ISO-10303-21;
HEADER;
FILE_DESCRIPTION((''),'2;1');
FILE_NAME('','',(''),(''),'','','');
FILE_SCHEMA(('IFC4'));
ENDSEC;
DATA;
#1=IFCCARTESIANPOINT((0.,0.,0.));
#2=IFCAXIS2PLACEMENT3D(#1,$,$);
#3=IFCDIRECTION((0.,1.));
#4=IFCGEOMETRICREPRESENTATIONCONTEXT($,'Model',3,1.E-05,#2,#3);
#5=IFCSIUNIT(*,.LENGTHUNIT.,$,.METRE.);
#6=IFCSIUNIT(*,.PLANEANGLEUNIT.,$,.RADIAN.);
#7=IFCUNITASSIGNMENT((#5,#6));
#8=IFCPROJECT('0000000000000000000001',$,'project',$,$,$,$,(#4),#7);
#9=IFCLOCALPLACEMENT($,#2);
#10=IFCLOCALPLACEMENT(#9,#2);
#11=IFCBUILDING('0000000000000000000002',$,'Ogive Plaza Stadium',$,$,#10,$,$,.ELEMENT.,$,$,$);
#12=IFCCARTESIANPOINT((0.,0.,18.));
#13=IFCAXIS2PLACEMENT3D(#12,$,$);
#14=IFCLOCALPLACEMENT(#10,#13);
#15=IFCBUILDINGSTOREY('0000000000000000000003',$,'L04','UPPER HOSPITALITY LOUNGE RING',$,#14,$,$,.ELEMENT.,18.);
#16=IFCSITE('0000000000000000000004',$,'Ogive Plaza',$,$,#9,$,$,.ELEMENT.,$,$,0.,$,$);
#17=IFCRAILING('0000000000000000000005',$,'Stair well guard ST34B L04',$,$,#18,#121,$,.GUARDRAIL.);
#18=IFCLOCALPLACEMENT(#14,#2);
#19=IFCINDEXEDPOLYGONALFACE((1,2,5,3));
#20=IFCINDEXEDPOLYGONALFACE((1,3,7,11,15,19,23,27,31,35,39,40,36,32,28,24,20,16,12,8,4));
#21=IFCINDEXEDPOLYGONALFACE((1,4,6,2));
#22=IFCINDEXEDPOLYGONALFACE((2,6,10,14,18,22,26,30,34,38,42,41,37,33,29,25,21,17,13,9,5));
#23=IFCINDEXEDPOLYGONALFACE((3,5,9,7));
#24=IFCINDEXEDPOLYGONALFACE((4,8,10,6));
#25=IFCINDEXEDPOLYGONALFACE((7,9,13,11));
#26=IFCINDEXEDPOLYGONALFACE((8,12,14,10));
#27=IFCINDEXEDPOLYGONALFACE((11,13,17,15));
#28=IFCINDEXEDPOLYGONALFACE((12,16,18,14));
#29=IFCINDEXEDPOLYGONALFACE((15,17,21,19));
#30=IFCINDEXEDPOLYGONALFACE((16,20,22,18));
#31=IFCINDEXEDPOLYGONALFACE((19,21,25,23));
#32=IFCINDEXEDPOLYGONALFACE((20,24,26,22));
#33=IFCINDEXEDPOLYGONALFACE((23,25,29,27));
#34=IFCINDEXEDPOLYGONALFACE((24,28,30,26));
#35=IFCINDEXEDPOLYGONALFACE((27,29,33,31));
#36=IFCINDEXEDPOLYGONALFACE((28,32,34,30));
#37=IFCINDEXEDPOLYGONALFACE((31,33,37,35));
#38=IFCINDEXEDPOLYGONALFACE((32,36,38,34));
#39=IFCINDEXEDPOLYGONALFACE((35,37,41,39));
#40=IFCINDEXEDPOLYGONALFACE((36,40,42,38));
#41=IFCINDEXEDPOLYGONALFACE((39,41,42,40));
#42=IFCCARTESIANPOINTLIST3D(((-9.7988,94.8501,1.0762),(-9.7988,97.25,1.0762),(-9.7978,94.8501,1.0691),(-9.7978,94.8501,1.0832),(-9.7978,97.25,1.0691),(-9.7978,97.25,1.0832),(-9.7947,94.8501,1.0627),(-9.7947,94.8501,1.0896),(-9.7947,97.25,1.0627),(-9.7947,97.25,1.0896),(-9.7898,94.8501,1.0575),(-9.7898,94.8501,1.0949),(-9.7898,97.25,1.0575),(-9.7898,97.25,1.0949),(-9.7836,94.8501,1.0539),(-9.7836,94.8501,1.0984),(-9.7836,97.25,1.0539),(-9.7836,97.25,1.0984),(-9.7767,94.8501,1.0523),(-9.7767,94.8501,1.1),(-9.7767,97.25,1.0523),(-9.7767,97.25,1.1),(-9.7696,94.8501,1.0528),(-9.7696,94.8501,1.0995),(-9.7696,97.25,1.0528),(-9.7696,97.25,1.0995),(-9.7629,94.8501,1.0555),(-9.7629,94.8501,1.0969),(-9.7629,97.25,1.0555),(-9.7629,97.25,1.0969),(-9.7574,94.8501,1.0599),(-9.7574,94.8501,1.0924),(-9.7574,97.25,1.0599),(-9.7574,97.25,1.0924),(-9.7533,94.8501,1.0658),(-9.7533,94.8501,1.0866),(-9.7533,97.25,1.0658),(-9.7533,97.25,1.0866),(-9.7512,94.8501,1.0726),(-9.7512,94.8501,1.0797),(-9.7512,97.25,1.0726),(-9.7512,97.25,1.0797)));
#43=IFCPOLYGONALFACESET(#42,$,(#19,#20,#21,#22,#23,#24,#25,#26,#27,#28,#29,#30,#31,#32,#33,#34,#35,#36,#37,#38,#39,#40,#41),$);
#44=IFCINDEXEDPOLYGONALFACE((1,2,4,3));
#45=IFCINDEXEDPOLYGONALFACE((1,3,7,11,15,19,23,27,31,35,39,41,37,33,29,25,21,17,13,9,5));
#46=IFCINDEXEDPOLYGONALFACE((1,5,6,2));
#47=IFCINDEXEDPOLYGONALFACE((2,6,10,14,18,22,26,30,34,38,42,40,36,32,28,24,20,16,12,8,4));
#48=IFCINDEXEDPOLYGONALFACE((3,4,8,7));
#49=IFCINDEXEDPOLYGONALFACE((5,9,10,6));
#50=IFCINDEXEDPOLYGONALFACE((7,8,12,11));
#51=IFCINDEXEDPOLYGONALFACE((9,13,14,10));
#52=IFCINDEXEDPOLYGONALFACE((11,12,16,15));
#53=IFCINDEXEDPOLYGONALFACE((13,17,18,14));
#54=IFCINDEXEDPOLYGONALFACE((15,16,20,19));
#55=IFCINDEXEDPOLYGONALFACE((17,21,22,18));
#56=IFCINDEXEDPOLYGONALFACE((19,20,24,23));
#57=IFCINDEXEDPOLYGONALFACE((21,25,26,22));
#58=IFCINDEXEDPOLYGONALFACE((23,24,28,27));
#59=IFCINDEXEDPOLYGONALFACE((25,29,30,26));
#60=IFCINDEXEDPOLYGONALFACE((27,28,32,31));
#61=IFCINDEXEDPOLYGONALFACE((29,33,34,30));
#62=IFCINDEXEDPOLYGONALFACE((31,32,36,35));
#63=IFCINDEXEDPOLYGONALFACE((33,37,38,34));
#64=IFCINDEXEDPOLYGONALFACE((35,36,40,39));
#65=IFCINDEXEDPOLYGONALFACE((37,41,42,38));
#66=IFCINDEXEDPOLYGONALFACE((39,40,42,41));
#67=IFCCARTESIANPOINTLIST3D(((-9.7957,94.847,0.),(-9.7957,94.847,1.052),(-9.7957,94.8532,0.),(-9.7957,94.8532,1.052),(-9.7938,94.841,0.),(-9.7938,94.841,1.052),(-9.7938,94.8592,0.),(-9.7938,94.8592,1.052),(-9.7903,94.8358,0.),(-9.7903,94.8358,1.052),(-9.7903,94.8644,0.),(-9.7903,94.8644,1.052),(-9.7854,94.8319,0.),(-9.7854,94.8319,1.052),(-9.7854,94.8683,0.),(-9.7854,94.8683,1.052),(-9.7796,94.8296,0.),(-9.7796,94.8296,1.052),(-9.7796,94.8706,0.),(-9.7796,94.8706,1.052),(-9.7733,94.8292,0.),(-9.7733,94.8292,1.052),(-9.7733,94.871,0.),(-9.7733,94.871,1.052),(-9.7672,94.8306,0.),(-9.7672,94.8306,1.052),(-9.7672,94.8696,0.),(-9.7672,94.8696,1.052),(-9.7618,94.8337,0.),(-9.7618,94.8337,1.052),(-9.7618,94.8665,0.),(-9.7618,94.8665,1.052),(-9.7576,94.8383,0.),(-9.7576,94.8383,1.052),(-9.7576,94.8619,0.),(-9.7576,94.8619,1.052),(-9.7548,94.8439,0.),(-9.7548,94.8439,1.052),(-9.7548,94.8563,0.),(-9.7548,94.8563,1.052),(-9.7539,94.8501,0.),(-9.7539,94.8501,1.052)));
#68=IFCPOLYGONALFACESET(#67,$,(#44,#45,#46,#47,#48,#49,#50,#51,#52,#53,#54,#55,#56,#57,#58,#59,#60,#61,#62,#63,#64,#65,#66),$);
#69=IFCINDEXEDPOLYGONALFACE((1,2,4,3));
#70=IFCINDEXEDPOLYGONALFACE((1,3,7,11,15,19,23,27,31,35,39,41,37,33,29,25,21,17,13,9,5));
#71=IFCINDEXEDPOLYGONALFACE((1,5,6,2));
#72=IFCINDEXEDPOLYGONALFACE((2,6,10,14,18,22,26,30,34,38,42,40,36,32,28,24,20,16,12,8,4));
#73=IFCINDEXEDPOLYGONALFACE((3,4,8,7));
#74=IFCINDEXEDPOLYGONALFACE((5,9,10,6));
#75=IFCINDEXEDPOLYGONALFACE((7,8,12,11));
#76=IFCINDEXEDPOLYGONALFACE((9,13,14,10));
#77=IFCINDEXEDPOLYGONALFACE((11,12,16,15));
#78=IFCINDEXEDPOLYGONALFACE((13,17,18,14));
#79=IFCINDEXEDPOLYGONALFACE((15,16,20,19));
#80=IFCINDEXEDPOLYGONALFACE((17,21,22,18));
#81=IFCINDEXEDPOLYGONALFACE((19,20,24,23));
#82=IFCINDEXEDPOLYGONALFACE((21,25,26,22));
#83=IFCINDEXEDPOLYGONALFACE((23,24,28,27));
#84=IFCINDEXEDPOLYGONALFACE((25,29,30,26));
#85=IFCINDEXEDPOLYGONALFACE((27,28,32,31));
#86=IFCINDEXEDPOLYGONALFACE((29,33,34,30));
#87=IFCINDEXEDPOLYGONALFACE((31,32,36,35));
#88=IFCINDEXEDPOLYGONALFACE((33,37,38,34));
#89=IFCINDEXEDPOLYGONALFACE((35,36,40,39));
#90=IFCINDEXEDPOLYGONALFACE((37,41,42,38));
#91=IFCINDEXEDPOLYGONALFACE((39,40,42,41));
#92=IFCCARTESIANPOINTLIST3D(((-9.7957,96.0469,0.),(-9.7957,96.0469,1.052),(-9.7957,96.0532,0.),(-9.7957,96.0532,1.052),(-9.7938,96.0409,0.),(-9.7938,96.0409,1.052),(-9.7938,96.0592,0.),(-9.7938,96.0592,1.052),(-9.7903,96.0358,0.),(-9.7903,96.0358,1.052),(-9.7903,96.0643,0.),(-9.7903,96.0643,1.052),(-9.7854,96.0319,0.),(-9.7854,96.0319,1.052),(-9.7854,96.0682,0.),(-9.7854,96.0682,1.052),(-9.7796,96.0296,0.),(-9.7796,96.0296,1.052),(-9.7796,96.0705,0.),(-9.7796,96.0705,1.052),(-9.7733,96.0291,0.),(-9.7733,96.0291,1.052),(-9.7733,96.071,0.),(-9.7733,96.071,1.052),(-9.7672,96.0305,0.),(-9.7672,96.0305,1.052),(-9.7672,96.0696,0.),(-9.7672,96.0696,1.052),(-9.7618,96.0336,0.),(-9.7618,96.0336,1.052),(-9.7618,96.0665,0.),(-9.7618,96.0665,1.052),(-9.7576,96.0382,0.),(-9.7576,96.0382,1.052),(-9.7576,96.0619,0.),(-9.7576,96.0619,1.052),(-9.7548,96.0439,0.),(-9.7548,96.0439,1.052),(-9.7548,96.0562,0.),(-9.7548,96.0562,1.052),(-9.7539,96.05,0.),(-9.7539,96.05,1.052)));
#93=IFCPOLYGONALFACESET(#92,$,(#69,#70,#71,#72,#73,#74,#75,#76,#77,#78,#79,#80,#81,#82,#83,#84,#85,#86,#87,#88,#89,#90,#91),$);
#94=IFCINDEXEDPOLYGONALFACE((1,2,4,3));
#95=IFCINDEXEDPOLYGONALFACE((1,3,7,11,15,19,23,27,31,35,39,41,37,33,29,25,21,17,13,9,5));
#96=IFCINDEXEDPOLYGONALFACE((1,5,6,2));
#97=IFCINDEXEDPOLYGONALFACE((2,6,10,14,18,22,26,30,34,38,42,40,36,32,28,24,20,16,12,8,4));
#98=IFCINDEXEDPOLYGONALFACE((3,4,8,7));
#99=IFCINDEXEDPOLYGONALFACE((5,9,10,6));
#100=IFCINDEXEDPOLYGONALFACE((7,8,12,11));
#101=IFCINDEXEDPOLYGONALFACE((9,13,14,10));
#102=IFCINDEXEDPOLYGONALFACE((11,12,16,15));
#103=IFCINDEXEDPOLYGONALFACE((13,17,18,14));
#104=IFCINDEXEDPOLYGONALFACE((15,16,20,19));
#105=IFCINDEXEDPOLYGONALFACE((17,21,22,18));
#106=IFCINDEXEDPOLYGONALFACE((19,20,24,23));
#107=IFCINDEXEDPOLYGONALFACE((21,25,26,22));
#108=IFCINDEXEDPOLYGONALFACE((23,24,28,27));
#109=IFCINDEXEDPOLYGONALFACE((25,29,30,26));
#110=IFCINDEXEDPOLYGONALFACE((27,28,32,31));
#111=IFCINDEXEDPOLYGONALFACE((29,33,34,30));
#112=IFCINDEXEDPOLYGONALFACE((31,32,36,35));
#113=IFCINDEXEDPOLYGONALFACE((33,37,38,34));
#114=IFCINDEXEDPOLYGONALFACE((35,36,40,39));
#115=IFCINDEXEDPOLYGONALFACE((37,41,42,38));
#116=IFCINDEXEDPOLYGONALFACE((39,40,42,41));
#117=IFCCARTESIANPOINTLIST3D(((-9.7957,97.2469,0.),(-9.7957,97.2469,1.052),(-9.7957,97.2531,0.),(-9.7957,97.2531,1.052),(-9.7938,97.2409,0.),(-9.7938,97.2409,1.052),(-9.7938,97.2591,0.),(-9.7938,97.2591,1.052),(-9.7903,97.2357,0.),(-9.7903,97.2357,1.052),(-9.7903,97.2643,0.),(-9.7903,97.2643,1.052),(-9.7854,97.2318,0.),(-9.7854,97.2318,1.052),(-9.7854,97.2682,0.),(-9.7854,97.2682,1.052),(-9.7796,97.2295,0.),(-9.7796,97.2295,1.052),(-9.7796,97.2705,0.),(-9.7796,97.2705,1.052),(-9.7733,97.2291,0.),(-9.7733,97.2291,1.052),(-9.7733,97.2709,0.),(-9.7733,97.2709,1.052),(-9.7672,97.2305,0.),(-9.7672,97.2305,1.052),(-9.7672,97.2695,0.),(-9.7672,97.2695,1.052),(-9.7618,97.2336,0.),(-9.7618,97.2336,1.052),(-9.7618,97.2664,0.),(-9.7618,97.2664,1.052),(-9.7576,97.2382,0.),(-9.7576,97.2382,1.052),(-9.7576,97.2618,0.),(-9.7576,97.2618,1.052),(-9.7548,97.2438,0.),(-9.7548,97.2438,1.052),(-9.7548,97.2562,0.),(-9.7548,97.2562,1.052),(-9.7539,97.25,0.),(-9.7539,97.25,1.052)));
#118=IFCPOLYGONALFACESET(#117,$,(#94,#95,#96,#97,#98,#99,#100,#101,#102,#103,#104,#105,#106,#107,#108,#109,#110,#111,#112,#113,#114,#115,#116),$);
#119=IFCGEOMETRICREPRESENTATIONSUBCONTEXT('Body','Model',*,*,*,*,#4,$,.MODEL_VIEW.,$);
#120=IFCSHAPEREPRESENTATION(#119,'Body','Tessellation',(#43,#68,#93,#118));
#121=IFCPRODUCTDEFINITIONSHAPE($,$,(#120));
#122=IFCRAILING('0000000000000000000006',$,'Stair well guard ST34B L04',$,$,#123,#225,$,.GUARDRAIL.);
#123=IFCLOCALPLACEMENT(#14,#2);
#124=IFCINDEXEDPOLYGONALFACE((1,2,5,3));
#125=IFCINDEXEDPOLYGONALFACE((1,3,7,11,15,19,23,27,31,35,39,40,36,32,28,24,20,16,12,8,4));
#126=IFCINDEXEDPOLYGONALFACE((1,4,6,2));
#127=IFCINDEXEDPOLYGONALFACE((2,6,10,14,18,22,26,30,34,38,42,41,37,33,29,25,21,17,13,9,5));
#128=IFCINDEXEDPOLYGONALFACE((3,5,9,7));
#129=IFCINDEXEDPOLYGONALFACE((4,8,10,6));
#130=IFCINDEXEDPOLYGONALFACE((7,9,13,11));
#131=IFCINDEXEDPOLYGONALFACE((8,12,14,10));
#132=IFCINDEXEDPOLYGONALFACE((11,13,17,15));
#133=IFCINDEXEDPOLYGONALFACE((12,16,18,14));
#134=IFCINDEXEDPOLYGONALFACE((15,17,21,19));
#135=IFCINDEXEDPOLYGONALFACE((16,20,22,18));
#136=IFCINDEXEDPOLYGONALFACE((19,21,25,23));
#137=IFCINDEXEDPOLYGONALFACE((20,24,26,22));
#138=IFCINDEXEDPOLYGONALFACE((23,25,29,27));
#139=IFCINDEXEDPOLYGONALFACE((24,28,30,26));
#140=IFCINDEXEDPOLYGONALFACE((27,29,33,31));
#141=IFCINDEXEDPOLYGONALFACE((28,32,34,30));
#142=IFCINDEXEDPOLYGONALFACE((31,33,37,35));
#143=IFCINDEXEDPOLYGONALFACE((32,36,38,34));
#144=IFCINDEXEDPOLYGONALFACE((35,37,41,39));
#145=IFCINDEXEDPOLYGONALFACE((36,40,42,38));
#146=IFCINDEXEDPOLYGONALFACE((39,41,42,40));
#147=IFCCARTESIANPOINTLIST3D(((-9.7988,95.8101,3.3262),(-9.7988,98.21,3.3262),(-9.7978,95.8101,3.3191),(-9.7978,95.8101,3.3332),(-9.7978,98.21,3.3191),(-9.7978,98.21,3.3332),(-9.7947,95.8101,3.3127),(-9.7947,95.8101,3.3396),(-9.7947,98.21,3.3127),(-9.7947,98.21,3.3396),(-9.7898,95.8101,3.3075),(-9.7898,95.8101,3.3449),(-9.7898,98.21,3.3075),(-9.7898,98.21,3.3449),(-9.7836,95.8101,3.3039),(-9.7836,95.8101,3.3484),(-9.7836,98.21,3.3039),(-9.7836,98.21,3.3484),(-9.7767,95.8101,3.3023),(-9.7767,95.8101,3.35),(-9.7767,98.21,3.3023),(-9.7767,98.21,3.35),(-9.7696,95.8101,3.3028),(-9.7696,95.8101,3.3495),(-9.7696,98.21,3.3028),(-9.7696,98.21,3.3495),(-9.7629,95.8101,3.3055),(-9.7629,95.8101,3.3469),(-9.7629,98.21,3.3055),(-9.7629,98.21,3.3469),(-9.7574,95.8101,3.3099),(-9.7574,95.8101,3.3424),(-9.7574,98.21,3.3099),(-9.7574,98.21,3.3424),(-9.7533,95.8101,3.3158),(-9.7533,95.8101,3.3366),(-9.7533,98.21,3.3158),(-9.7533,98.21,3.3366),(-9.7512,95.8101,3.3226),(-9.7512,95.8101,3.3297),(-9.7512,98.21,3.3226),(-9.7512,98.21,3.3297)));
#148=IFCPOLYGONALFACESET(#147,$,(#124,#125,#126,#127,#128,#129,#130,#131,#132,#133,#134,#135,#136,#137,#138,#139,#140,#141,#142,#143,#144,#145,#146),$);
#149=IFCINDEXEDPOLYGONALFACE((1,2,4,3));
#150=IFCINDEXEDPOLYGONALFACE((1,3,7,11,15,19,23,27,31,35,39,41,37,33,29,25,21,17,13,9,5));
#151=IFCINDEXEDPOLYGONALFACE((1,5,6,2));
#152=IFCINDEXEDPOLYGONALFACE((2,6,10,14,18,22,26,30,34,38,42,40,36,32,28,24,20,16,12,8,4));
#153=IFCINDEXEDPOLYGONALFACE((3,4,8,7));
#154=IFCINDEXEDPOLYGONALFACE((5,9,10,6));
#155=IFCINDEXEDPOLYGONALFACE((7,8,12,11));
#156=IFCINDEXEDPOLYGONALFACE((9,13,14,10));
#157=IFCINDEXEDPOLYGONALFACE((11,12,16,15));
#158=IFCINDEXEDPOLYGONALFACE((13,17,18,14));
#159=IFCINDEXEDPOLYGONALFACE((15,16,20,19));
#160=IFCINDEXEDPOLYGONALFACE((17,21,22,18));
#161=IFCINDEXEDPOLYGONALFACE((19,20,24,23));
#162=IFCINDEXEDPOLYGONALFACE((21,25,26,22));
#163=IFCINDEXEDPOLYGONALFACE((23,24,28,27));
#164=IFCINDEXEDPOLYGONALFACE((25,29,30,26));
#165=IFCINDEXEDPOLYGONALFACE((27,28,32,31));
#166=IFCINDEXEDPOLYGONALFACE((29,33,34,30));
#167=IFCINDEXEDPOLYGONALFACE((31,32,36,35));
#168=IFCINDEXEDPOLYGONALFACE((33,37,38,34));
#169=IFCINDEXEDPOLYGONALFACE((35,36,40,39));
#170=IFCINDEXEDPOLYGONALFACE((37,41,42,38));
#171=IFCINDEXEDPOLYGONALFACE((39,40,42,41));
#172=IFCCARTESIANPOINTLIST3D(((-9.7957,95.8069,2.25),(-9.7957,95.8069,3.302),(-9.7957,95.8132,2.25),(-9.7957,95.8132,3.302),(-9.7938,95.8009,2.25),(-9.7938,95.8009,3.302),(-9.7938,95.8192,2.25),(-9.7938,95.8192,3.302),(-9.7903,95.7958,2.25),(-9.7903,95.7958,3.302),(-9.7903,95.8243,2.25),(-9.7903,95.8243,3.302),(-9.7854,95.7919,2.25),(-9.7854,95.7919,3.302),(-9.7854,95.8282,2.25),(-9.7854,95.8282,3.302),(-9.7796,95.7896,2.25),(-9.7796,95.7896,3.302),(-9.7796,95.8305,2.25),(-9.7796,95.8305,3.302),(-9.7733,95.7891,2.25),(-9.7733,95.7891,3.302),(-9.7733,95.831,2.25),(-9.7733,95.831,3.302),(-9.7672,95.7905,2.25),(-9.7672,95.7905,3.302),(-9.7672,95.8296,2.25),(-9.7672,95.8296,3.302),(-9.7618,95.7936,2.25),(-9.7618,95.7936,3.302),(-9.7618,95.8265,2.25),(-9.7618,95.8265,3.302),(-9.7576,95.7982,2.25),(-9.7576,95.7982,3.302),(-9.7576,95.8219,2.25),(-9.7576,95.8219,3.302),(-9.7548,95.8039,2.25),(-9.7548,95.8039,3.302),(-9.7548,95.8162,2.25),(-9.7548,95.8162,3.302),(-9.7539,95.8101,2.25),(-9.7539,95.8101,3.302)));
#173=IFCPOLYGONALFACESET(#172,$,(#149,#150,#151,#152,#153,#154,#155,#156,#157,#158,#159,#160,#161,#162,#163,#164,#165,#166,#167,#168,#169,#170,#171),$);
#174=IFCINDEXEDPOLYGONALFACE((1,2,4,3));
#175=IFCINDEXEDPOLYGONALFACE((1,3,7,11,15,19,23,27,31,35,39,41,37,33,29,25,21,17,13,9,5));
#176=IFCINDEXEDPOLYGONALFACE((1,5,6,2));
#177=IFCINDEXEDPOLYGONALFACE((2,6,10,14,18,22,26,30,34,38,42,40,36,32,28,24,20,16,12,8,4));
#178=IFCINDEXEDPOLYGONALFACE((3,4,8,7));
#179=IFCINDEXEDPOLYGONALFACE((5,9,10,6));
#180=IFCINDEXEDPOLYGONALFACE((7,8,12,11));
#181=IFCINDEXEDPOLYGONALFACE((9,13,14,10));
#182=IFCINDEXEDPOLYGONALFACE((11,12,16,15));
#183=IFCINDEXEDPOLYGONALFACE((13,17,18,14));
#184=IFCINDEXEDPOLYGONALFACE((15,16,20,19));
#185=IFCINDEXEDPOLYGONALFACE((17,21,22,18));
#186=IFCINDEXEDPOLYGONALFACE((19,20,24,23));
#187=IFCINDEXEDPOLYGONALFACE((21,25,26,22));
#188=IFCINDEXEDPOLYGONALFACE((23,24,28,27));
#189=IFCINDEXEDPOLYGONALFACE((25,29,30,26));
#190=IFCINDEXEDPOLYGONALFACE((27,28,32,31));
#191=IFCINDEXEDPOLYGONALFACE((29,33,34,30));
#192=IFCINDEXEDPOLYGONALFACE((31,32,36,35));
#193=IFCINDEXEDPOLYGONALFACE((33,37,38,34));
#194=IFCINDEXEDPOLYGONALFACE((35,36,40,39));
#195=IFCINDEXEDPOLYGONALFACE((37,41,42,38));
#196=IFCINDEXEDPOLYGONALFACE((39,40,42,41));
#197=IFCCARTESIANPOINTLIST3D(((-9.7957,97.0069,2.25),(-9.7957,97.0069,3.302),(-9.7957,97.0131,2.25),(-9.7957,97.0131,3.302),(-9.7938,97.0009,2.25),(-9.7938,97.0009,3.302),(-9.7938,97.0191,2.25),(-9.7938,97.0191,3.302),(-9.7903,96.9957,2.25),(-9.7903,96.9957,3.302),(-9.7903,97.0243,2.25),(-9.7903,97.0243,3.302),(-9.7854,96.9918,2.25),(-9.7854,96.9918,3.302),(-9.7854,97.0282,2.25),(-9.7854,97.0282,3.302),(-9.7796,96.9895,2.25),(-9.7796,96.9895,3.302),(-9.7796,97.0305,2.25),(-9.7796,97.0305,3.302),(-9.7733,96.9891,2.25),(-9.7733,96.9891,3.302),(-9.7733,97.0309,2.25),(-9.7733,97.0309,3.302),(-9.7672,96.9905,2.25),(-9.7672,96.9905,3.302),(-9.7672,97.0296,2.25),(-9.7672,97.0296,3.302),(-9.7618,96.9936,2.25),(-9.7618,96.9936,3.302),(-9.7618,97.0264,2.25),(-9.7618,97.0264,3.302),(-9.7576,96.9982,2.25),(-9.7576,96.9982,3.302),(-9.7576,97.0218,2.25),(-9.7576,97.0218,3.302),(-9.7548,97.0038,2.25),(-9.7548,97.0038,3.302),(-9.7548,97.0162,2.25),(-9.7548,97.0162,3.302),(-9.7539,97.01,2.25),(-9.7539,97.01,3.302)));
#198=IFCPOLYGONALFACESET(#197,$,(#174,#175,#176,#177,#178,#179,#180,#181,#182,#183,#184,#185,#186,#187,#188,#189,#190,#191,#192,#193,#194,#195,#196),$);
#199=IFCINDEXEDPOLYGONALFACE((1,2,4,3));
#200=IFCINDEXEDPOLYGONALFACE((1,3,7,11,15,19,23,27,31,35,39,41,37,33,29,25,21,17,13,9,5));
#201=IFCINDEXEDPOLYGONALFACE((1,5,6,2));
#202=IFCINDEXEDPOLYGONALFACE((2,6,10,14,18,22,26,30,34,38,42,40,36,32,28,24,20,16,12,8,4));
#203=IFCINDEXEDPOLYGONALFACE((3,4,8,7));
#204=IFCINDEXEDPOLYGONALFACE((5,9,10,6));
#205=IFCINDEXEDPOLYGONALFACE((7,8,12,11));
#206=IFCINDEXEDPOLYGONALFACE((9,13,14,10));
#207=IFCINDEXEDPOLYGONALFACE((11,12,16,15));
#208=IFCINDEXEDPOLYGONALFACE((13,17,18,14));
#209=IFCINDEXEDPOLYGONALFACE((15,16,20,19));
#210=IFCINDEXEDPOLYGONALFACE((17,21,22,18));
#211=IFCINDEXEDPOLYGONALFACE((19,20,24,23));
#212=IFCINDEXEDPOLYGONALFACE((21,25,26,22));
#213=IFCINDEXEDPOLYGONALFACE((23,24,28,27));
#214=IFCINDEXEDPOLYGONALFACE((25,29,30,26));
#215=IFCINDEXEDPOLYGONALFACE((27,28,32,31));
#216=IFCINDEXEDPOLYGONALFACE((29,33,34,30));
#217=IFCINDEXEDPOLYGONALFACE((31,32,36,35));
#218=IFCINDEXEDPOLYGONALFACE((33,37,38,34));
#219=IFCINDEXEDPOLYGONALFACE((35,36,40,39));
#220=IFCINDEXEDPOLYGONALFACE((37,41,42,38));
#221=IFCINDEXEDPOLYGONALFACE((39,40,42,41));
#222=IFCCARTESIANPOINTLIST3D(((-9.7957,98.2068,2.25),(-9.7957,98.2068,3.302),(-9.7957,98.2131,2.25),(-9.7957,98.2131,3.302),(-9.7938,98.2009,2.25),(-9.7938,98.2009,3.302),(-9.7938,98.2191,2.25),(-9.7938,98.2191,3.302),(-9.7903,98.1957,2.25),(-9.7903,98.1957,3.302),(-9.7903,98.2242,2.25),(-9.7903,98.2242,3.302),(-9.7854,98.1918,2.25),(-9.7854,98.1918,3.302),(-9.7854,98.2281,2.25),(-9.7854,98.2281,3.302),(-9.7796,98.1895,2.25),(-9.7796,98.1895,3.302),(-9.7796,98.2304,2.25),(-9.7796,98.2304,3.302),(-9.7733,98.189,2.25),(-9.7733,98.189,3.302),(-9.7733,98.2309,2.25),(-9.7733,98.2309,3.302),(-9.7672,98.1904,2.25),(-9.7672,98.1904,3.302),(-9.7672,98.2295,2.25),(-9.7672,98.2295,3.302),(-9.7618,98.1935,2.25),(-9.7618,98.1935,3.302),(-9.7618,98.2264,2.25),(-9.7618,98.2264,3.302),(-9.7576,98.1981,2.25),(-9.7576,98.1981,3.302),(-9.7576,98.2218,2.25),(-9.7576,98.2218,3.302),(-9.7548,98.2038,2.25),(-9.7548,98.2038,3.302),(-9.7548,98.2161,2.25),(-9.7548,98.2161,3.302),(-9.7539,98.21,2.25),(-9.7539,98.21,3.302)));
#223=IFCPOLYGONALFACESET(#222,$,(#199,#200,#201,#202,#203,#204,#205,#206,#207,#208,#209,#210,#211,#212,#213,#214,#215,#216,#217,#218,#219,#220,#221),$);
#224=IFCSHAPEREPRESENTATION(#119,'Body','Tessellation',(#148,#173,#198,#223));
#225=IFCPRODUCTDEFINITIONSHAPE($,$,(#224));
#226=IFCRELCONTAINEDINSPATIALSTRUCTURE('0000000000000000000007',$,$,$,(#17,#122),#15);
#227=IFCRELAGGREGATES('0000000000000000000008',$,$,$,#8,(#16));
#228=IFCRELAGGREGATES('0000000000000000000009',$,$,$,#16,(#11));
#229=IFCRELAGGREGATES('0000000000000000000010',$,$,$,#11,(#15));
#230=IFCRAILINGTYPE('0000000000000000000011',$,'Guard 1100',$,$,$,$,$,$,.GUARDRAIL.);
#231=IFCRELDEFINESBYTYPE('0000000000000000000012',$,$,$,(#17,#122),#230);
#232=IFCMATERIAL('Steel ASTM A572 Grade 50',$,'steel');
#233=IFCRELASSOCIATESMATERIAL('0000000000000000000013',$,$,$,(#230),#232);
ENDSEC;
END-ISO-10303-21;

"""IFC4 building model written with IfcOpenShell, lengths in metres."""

from ifc_helpers import new_model, si_unit, direction, frame, origin, origin_2d, place, context, subcontext, project, spatial, circle, extrude, material, type_object, element, save


model = new_model("IFC4")

# Units and contexts
model_context = context("Model", 3, precision=1e-05, world=origin(), true_north=direction((0.0, 1.0)))
body_context = subcontext(model_context, "Body", "Model", "MODEL_VIEW")
ifc_project = project(units=[si_unit("LENGTHUNIT", "METRE"), si_unit("PLANEANGLEUNIT", "RADIAN")], contexts=[model_context])

# Site, building, storey
site_placement = place(None, origin())
site = spatial("IfcSite", under=ifc_project, at=site_placement, Name="Ogive Plaza", CompositionType="ELEMENT", RefElevation=0.0)
building_placement = place(site_placement, origin())
building = spatial("IfcBuilding", under=site, at=building_placement, Name="Ogive Plaza Stadium", CompositionType="ELEMENT")
storey_placement = place(building_placement, frame((0.0, 0.0, 18.0)))
storey = spatial("IfcBuildingStorey", under=building, at=storey_placement, Name="L04", Description="UPPER HOSPITALITY LOUNGE RING", CompositionType="ELEMENT", Elevation=18.0)

# Railings
ifc_material_1 = material(Name="Steel ASTM A572 Grade 50", Category="steel")
railing_type_1 = type_object("IfcRailingType", Name="Guard 1100", PredefinedType="GUARDRAIL", material=ifc_material_1)
for number, where, name in (
    (1, (-9.7749, 94.8501, 0.0), "Stair well guard ST34B L04"),
    (2, (-9.7749, 95.8101, 2.25), "Stair well guard ST34B L04"),
):
    element("IfcRailing", number, at=place(storey_placement, frame(where)), inside=storey, type_object=railing_type_1, Name=name, PredefinedType="GUARDRAIL", context=body_context, shape_type="SweptSolid", body=[
        extrude(circle(Radius=0.0239, at=origin_2d()), frame((0.0, 0.0, 1.0762), z_axis=(0.0, 1.0, 0.0), x_axis=(-1.0, 0.0, 0.0)), (0.0, 0.0, 1.0), 2.3999),
        extrude(circle(Radius=0.021, at=origin_2d()), origin(), (0.0, 0.0, 1.0), 1.052),
        extrude(circle(Radius=0.021, at=origin_2d()), frame((0.0, 1.2, 0.0)), (0.0, 0.0, 1.0), 1.052),
        extrude(circle(Radius=0.021, at=origin_2d()), frame((0.0, 2.3999, 0.0)), (0.0, 0.0, 1.0), 1.052),
    ])

save(model, "model.ifc")
